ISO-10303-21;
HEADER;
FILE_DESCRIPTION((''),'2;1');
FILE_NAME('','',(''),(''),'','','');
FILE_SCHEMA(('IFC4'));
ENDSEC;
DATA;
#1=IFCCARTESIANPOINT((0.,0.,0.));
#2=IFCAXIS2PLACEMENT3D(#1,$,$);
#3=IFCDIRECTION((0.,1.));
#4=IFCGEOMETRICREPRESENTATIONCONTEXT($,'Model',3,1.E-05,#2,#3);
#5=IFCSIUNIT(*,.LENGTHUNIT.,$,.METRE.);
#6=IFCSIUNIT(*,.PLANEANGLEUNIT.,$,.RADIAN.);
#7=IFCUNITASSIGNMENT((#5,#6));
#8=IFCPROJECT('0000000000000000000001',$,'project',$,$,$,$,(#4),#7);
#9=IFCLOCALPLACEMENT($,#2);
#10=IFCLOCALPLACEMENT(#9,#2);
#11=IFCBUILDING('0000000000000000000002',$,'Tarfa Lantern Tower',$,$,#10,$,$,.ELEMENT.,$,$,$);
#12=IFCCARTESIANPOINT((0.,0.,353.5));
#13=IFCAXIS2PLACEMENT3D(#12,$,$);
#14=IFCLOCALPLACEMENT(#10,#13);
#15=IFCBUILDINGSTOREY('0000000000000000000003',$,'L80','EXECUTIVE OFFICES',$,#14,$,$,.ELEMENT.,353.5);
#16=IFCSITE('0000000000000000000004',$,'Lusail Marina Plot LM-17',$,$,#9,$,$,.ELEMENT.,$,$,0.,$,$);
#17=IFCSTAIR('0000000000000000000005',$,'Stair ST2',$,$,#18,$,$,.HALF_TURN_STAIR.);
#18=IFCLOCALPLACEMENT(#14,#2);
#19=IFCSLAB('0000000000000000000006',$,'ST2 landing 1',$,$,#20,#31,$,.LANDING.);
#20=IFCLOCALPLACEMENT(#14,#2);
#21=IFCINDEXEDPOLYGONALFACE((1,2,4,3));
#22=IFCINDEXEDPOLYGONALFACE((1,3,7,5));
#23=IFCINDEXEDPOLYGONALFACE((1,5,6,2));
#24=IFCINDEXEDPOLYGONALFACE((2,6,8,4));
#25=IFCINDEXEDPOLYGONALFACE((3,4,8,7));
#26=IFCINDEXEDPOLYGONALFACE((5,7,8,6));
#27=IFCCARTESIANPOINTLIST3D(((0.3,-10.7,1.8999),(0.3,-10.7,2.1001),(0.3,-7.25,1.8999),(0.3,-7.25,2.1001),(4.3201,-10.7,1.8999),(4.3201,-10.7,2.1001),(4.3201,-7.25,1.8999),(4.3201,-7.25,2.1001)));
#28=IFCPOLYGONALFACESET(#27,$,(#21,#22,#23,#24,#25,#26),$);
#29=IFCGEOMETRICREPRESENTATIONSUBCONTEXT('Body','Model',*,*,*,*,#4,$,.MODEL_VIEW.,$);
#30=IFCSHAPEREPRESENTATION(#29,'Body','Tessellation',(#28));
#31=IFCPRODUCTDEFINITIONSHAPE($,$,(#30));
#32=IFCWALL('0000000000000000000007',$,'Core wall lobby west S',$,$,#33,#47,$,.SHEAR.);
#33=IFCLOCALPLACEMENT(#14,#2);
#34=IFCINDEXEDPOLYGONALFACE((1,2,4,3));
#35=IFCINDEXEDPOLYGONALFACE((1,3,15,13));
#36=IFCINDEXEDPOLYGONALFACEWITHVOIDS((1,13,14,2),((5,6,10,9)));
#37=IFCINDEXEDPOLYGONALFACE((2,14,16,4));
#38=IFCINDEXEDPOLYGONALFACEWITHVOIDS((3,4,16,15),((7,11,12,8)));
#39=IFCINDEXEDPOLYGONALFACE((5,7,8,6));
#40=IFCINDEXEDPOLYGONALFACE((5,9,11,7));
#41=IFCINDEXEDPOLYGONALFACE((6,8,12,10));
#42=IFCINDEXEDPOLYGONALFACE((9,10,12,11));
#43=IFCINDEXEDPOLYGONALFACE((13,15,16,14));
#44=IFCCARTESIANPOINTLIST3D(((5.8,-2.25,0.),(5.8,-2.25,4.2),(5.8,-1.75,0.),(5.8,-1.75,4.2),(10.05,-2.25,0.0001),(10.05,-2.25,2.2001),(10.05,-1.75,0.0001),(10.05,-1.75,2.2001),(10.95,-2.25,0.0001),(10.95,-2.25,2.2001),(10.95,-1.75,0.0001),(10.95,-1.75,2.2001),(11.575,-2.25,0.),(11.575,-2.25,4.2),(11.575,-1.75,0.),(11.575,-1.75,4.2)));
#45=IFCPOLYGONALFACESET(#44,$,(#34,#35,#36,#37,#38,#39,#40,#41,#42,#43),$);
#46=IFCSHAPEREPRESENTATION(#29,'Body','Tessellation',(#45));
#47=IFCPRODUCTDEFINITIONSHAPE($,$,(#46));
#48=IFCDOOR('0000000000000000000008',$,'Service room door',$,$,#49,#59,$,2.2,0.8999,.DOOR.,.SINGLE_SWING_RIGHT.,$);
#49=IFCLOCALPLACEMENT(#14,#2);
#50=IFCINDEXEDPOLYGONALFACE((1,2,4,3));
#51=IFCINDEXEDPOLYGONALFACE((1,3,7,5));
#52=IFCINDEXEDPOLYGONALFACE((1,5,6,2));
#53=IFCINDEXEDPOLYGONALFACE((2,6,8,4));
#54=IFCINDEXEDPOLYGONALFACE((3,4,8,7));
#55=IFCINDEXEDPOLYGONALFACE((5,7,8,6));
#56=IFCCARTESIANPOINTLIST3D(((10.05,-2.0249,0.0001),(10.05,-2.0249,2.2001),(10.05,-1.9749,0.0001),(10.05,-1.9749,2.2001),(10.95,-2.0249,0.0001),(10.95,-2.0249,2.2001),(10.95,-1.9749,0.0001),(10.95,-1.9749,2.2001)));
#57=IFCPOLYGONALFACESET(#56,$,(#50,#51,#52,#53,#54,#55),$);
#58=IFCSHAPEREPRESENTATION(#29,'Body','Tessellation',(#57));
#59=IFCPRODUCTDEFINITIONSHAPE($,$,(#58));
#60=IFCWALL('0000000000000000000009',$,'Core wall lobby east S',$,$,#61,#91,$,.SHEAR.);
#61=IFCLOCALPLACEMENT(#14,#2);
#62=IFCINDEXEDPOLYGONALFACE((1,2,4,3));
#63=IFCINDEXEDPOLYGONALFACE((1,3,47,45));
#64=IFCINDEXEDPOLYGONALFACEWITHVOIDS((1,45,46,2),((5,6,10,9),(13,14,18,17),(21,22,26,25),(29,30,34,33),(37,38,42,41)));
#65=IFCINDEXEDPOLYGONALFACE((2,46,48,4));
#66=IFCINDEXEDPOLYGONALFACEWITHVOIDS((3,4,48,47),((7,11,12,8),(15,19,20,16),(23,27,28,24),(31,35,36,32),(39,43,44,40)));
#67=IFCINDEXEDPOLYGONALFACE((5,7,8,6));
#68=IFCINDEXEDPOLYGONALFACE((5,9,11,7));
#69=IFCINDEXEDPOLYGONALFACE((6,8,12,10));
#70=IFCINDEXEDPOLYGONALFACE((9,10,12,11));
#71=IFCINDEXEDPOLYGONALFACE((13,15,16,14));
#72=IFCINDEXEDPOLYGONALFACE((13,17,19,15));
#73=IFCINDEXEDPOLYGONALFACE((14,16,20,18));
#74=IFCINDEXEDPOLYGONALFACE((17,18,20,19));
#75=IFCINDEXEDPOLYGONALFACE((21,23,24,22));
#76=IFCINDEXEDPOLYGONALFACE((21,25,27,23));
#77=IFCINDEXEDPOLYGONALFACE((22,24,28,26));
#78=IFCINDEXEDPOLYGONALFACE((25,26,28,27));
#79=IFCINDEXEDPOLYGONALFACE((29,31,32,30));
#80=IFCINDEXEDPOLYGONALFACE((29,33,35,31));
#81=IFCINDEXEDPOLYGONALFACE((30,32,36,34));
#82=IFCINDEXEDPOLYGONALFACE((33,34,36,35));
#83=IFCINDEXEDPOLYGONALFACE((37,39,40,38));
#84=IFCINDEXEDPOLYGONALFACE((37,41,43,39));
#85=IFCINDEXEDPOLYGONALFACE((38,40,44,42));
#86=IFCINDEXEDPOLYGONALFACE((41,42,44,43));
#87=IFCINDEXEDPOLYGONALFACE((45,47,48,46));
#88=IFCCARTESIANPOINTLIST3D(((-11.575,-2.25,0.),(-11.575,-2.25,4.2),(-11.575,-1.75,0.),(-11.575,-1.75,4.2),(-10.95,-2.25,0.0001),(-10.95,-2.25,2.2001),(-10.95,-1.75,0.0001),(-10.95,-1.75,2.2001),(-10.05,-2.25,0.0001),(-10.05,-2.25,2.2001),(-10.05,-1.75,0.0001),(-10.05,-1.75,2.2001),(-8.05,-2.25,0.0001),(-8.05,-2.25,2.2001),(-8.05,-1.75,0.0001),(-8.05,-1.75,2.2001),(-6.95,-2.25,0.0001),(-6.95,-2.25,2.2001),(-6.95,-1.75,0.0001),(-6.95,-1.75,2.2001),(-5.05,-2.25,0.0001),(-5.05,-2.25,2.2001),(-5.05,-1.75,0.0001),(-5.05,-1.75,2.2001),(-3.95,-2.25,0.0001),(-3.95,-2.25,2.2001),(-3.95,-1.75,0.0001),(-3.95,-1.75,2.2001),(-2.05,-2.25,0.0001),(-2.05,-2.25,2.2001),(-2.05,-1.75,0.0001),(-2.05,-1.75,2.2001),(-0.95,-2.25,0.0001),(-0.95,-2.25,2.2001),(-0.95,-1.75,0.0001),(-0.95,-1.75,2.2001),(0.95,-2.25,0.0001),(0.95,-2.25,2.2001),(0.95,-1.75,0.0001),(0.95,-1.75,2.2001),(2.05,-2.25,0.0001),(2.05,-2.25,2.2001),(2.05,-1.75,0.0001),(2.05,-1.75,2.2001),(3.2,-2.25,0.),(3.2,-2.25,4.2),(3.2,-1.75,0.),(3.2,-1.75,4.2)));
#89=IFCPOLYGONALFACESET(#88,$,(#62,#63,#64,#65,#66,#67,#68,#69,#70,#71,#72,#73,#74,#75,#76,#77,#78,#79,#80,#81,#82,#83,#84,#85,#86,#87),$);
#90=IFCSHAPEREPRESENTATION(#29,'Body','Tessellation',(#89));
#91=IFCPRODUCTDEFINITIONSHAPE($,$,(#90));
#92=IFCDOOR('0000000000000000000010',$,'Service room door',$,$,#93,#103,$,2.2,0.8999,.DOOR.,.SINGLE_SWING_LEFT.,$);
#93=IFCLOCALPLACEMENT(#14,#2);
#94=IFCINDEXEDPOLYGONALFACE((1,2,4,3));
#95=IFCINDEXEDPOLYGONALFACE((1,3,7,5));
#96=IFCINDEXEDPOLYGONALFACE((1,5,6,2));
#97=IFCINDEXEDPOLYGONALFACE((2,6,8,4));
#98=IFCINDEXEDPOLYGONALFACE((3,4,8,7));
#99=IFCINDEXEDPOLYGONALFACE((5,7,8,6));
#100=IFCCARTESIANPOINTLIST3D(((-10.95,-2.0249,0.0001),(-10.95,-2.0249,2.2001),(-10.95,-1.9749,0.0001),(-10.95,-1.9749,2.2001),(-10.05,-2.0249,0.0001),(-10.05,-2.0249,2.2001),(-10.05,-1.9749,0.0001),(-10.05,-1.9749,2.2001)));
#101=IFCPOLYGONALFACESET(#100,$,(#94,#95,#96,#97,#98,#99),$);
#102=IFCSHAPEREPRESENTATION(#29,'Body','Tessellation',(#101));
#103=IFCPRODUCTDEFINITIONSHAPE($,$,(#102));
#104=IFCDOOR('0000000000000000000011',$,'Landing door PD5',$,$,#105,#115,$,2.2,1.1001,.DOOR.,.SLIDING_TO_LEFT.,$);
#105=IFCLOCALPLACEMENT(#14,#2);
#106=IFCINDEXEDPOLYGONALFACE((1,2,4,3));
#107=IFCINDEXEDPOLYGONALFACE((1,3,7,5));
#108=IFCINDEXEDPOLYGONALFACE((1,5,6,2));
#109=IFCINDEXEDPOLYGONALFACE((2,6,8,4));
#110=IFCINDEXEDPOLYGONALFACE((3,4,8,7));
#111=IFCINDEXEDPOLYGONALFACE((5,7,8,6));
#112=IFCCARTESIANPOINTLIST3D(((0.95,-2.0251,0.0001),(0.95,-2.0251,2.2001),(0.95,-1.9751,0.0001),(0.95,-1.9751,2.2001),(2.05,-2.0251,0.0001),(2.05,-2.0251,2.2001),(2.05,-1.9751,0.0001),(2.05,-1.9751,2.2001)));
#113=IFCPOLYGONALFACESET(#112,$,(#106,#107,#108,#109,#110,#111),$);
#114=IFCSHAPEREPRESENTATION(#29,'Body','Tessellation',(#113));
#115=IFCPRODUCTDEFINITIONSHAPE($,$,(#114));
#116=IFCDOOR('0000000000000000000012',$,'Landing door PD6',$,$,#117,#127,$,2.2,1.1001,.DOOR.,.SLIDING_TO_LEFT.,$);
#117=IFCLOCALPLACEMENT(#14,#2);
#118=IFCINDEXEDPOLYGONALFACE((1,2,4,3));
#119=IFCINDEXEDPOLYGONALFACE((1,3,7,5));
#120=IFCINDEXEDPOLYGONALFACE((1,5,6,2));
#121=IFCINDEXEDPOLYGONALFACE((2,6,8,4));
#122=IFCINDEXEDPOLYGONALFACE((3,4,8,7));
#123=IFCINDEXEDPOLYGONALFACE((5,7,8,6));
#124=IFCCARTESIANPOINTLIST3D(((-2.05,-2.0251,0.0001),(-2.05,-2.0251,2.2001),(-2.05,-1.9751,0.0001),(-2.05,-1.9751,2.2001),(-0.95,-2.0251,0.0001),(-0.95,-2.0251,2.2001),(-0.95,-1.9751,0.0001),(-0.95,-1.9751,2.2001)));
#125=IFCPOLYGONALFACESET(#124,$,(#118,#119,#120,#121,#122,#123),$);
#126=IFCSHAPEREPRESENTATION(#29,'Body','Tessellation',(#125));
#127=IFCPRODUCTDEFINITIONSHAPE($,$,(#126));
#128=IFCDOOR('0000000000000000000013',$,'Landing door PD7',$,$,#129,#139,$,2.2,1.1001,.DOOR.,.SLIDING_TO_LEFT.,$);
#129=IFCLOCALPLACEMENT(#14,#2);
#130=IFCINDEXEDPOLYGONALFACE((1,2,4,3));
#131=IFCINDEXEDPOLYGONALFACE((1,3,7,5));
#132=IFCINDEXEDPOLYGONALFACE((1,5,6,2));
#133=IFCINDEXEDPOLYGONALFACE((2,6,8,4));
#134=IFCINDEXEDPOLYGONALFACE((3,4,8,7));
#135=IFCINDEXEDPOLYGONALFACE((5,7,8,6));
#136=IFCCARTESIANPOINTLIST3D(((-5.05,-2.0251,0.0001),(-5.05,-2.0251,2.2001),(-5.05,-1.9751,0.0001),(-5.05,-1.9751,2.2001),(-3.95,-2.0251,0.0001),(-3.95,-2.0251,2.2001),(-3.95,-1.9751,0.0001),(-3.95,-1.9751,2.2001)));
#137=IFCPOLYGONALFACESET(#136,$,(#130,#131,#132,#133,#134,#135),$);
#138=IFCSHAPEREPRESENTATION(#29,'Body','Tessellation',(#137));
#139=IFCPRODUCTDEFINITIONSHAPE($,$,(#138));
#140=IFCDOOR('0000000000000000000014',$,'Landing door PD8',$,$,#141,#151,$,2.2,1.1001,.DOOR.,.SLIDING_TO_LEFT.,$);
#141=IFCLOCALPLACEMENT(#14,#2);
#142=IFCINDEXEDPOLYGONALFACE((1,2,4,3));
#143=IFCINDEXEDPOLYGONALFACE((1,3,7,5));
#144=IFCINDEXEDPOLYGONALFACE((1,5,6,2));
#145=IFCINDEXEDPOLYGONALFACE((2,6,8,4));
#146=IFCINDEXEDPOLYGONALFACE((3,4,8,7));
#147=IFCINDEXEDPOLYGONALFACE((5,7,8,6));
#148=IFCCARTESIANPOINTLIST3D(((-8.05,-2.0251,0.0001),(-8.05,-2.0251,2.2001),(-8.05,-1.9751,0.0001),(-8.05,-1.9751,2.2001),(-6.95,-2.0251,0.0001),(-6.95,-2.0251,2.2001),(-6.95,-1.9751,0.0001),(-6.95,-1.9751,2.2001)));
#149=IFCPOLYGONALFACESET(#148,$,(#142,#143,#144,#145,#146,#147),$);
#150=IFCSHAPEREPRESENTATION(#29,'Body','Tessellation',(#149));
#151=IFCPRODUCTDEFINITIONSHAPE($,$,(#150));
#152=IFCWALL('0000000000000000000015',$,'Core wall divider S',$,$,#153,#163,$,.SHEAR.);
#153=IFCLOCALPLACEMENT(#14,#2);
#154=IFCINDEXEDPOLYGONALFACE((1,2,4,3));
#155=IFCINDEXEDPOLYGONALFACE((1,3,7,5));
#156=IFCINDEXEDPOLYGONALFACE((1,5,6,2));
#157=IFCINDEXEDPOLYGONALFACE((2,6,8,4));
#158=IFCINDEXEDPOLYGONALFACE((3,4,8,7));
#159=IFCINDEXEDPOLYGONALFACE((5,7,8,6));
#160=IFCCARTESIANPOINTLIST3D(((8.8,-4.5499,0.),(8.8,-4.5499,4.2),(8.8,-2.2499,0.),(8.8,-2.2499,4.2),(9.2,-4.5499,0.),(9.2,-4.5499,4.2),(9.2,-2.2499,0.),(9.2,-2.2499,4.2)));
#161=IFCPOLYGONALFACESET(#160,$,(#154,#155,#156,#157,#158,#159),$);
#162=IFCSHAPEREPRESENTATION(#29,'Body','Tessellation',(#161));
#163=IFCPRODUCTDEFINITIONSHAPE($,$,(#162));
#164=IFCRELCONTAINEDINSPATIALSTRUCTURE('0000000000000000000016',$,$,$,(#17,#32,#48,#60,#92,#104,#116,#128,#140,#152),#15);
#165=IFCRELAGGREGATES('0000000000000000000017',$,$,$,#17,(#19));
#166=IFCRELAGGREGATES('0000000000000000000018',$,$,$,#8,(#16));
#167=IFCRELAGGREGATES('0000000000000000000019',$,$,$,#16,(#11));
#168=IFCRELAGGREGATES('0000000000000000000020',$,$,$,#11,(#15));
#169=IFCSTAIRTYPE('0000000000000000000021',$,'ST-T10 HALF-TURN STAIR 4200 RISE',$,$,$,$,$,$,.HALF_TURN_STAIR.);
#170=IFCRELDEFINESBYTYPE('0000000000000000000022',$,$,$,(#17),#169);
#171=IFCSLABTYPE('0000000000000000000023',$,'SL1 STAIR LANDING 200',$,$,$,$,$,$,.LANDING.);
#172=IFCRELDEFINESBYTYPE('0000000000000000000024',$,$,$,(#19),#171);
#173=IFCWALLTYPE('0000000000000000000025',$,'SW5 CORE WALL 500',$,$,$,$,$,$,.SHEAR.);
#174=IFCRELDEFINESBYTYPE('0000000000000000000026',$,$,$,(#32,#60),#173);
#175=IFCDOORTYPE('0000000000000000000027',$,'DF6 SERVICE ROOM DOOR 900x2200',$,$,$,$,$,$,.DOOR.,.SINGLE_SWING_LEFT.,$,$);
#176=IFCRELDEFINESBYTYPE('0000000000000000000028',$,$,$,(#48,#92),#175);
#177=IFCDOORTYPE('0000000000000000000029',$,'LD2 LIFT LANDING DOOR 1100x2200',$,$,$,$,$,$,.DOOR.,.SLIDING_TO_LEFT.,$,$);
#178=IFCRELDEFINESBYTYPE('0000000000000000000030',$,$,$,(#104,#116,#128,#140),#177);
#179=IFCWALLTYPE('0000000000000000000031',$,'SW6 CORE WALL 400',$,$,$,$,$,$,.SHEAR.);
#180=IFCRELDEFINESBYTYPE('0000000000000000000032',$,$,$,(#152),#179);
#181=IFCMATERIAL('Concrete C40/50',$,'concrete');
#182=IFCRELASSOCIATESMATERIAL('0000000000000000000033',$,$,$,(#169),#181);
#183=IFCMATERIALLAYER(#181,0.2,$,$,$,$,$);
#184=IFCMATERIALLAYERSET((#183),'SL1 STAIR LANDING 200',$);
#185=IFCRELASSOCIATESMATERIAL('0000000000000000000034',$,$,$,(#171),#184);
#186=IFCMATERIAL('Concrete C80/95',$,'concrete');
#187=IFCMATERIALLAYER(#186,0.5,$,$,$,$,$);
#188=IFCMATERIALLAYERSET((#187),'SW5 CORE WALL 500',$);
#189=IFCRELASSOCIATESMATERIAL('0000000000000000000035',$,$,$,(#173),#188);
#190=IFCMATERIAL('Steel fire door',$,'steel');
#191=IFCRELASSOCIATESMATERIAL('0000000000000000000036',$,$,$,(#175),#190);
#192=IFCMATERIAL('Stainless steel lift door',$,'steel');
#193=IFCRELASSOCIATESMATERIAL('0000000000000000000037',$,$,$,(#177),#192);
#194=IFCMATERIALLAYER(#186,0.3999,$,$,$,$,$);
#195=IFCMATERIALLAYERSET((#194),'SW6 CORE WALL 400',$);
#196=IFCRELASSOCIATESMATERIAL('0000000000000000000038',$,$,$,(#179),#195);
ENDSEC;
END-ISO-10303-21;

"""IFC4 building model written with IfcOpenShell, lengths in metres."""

from ifc_helpers import new_model, si_unit, direction, frame, frame_2d, origin, place, context, subcontext, project, spatial, polyline, rectangle, outline, extrude, material, layer, layer_set, type_object, element, fill, aggregate, save


model = new_model("IFC4")

# Units and contexts
model_context = context("Model", 3, precision=1e-05, world=origin(), true_north=direction((0.0, 1.0)))
body_context = subcontext(model_context, "Body", "Model", "MODEL_VIEW")
ifc_project = project(units=[si_unit("LENGTHUNIT", "METRE"), si_unit("PLANEANGLEUNIT", "RADIAN")], contexts=[model_context])

# Site, building, storey
site_placement = place(None, origin())
site = spatial("IfcSite", under=ifc_project, at=site_placement, Name="Lusail Marina Plot LM-17", CompositionType="ELEMENT", RefElevation=0.0)
building_placement = place(site_placement, origin())
building = spatial("IfcBuilding", under=site, at=building_placement, Name="Tarfa Lantern Tower", CompositionType="ELEMENT")
storey_placement = place(building_placement, frame((0.0, 0.0, 353.5)))
storey = spatial("IfcBuildingStorey", under=building, at=storey_placement, Name="L80", Description="EXECUTIVE OFFICES", CompositionType="ELEMENT", Elevation=353.5)

# Stair, slab
ifc_material_1 = material(Name="Concrete C40/50", Category="concrete")
stair_type = type_object("IfcStairType", Name="ST-T10 HALF-TURN STAIR 4200 RISE", PredefinedType="HALF_TURN_STAIR", material=ifc_material_1)
stair_placement = place(storey_placement, origin())
stair = element("IfcStair", 1, at=stair_placement, inside=storey, type_object=stair_type, Name="Stair ST2", PredefinedType="HALF_TURN_STAIR")
ifc_layer_1 = layer(ifc_material_1, 0.2)
ifc_layer_set_1 = layer_set([ifc_layer_1], Name="SL1 STAIR LANDING 200")
slab_type = type_object("IfcSlabType", Name="SL1 STAIR LANDING 200", PredefinedType="LANDING", material=ifc_layer_set_1)
slab_placement = place(storey_placement, frame((0.0, 0.0, 1.8999)))
slab = element("IfcSlab", 2, at=slab_placement, type_object=slab_type, Name="ST2 landing 1", PredefinedType="LANDING", context=body_context, shape_type="SweptSolid", body=[
    extrude(outline(polyline([(4.3201, -7.25), (0.3, -7.25), (0.3, -10.7), (4.3201, -10.7), (4.3201, -7.25)])), origin(), (0.0, 0.0, 1.0), 0.2002),
])
aggregate(stair, [slab])

# Wall, opening, door
ifc_material_2 = material(Name="Concrete C80/95", Category="concrete")
ifc_layer_2 = layer(ifc_material_2, 0.5)
ifc_layer_set_2 = layer_set([ifc_layer_2], Name="SW5 CORE WALL 500")
wall_type_1 = type_object("IfcWallType", Name="SW5 CORE WALL 500", PredefinedType="SHEAR", material=ifc_layer_set_2)
wall_1_placement = place(storey_placement, frame((11.575, -2.0, 0.0), z_axis=(0.0, 0.0, 1.0), x_axis=(-1.0, 0.0, 0.0)))
wall_1 = element("IfcWall", 3, at=wall_1_placement, inside=storey, type_object=wall_type_1, Name="Core wall lobby west S", PredefinedType="SHEAR", context=body_context, shape_type="SweptSolid", body=[
    extrude(rectangle(XDim=5.7749, YDim=0.5, at=frame_2d((2.8875, 0.0))), origin(), (0.0, 0.0, 1.0), 4.2),
])
opening_1_placement = place(wall_1_placement, frame((0.625, 0.0, 0.0)))
opening_1 = element("IfcOpeningElement", 4, at=opening_1_placement, cuts=wall_1, PredefinedType="OPENING", context=body_context, shape_type="SweptSolid", body=[
    extrude(rectangle(XDim=0.8999, YDim=2.2, at=frame_2d((0.45, 1.1001))), frame((0.0, 0.26, 0.0), z_axis=(0.0, -1.0, 0.0), x_axis=(1.0, 0.0, 0.0)), (0.0, 0.0, 1.0), 0.52),
])
ifc_material_3 = material(Name="Steel fire door", Category="steel")
door_type_1 = type_object("IfcDoorType", Name="DF6 SERVICE ROOM DOOR 900x2200", OperationType="SINGLE_SWING_LEFT", PredefinedType="DOOR", material=ifc_material_3)
door_1_placement = place(opening_1_placement, origin())
door_1 = element("IfcDoor", 5, at=door_1_placement, inside=storey, type_object=door_type_1, Name="Service room door", OperationType="SINGLE_SWING_RIGHT", OverallHeight=2.2, OverallWidth=0.8999, PredefinedType="DOOR", context=body_context, shape_type="SweptSolid", body=[
    extrude(rectangle(XDim=0.8999, YDim=2.2, at=frame_2d((0.45, 1.1001))), frame((0.0, 0.0249, 0.0), z_axis=(0.0, -1.0, 0.0), x_axis=(1.0, 0.0, 0.0)), (0.0, 0.0, 1.0), 0.05),
])
fill(opening_1, door_1)

# Wall, openings, doors
wall_2_placement = place(storey_placement, frame((3.2, -2.0, 0.0), z_axis=(0.0, 0.0, 1.0), x_axis=(-1.0, 0.0, 0.0)))
wall_2 = element("IfcWall", 6, at=wall_2_placement, inside=storey, type_object=wall_type_1, Name="Core wall lobby east S", PredefinedType="SHEAR", context=body_context, shape_type="SweptSolid", body=[
    extrude(rectangle(XDim=14.7749, YDim=0.5, at=frame_2d((7.3875, 0.0))), origin(), (0.0, 0.0, 1.0), 4.2),
])
opening_2_placement = place(wall_2_placement, frame((13.25, 0.0, 0.0)))
opening_2 = element("IfcOpeningElement", 7, at=opening_2_placement, cuts=wall_2, PredefinedType="OPENING", context=body_context, shape_type="SweptSolid", body=[
    extrude(rectangle(XDim=0.8999, YDim=2.2, at=frame_2d((0.45, 1.1001))), frame((0.0, 0.26, 0.0), z_axis=(0.0, -1.0, 0.0), x_axis=(1.0, 0.0, 0.0)), (0.0, 0.0, 1.0), 0.52),
])
opening_3_placement = place(wall_2_placement, frame((1.1499, 0.0, 0.0)))
opening_3 = element("IfcOpeningElement", 8, at=opening_3_placement, cuts=wall_2, PredefinedType="OPENING", context=body_context, shape_type="SweptSolid", body=[
    extrude(rectangle(XDim=1.1001, YDim=2.2, at=frame_2d((0.55, 1.1001))), frame((0.0, 0.26, 0.0), z_axis=(0.0, -1.0, 0.0), x_axis=(1.0, 0.0, 0.0)), (0.0, 0.0, 1.0), 0.52),
])
opening_4_placement = place(wall_2_placement, frame((4.1499, 0.0, 0.0)))
opening_4 = element("IfcOpeningElement", 9, at=opening_4_placement, cuts=wall_2, PredefinedType="OPENING", context=body_context, shape_type="SweptSolid", body=[
    extrude(rectangle(XDim=1.1001, YDim=2.2, at=frame_2d((0.55, 1.1001))), frame((0.0, 0.26, 0.0), z_axis=(0.0, -1.0, 0.0), x_axis=(1.0, 0.0, 0.0)), (0.0, 0.0, 1.0), 0.52),
])
opening_5_placement = place(wall_2_placement, frame((7.1499, 0.0, 0.0)))
opening_5 = element("IfcOpeningElement", 10, at=opening_5_placement, cuts=wall_2, PredefinedType="OPENING", context=body_context, shape_type="SweptSolid", body=[
    extrude(rectangle(XDim=1.1001, YDim=2.2, at=frame_2d((0.55, 1.1001))), frame((0.0, 0.26, 0.0), z_axis=(0.0, -1.0, 0.0), x_axis=(1.0, 0.0, 0.0)), (0.0, 0.0, 1.0), 0.52),
])
opening_6_placement = place(wall_2_placement, frame((10.1499, 0.0, 0.0)))
opening_6 = element("IfcOpeningElement", 11, at=opening_6_placement, cuts=wall_2, PredefinedType="OPENING", context=body_context, shape_type="SweptSolid", body=[
    extrude(rectangle(XDim=1.1001, YDim=2.2, at=frame_2d((0.55, 1.1001))), frame((0.0, 0.26, 0.0), z_axis=(0.0, -1.0, 0.0), x_axis=(1.0, 0.0, 0.0)), (0.0, 0.0, 1.0), 0.52),
])
door_2_placement = place(opening_2_placement, origin())
door_2 = element("IfcDoor", 12, at=door_2_placement, inside=storey, type_object=door_type_1, Name="Service room door", OperationType="SINGLE_SWING_LEFT", OverallHeight=2.2, OverallWidth=0.8999, PredefinedType="DOOR", context=body_context, shape_type="SweptSolid", body=[
    extrude(rectangle(XDim=0.8999, YDim=2.2, at=frame_2d((0.45, 1.1001))), frame((0.0, 0.0249, 0.0), z_axis=(0.0, -1.0, 0.0), x_axis=(1.0, 0.0, 0.0)), (0.0, 0.0, 1.0), 0.05),
])
fill(opening_2, door_2)
ifc_material_4 = material(Name="Stainless steel lift door", Category="steel")
door_type_2 = type_object("IfcDoorType", Name="LD2 LIFT LANDING DOOR 1100x2200", OperationType="SLIDING_TO_LEFT", PredefinedType="DOOR", material=ifc_material_4)
door_3_placement = place(opening_3_placement, frame((1.1001, 0.0, 0.0), z_axis=(0.0, 0.0, 1.0), x_axis=(-1.0, 0.0, 0.0)))
door_3 = element("IfcDoor", 13, at=door_3_placement, inside=storey, type_object=door_type_2, Name="Landing door PD5", OperationType="SLIDING_TO_LEFT", OverallHeight=2.2, OverallWidth=1.1001, PredefinedType="DOOR", context=body_context, shape_type="SweptSolid", body=[
    extrude(rectangle(XDim=1.1001, YDim=2.2, at=frame_2d((0.55, 1.1001))), frame((0.0, 0.0249, 0.0), z_axis=(0.0, -1.0, 0.0), x_axis=(1.0, 0.0, 0.0)), (0.0, 0.0, 1.0), 0.05),
])
fill(opening_3, door_3)
door_4_placement = place(opening_4_placement, frame((1.1001, 0.0, 0.0), z_axis=(0.0, 0.0, 1.0), x_axis=(-1.0, 0.0, 0.0)))
door_4 = element("IfcDoor", 14, at=door_4_placement, inside=storey, type_object=door_type_2, Name="Landing door PD6", OperationType="SLIDING_TO_LEFT", OverallHeight=2.2, OverallWidth=1.1001, PredefinedType="DOOR", context=body_context, shape_type="SweptSolid", body=[
    extrude(rectangle(XDim=1.1001, YDim=2.2, at=frame_2d((0.55, 1.1001))), frame((0.0, 0.0249, 0.0), z_axis=(0.0, -1.0, 0.0), x_axis=(1.0, 0.0, 0.0)), (0.0, 0.0, 1.0), 0.05),
])
fill(opening_4, door_4)
door_5_placement = place(opening_5_placement, frame((1.1001, 0.0, 0.0), z_axis=(0.0, 0.0, 1.0), x_axis=(-1.0, 0.0, 0.0)))
door_5 = element("IfcDoor", 15, at=door_5_placement, inside=storey, type_object=door_type_2, Name="Landing door PD7", OperationType="SLIDING_TO_LEFT", OverallHeight=2.2, OverallWidth=1.1001, PredefinedType="DOOR", context=body_context, shape_type="SweptSolid", body=[
    extrude(rectangle(XDim=1.1001, YDim=2.2, at=frame_2d((0.55, 1.1001))), frame((0.0, 0.0249, 0.0), z_axis=(0.0, -1.0, 0.0), x_axis=(1.0, 0.0, 0.0)), (0.0, 0.0, 1.0), 0.05),
])
fill(opening_5, door_5)
door_6_placement = place(opening_6_placement, frame((1.1001, 0.0, 0.0), z_axis=(0.0, 0.0, 1.0), x_axis=(-1.0, 0.0, 0.0)))
door_6 = element("IfcDoor", 16, at=door_6_placement, inside=storey, type_object=door_type_2, Name="Landing door PD8", OperationType="SLIDING_TO_LEFT", OverallHeight=2.2, OverallWidth=1.1001, PredefinedType="DOOR", context=body_context, shape_type="SweptSolid", body=[
    extrude(rectangle(XDim=1.1001, YDim=2.2, at=frame_2d((0.55, 1.1001))), frame((0.0, 0.0249, 0.0), z_axis=(0.0, -1.0, 0.0), x_axis=(1.0, 0.0, 0.0)), (0.0, 0.0, 1.0), 0.05),
])
fill(opening_6, door_6)

# Wall
ifc_layer_3 = layer(ifc_material_2, 0.3999)
ifc_layer_set_3 = layer_set([ifc_layer_3], Name="SW6 CORE WALL 400")
wall_type_2 = type_object("IfcWallType", Name="SW6 CORE WALL 400", PredefinedType="SHEAR", material=ifc_layer_set_3)
for number, where, z_axis, x_axis, name in (
    (17, (9.0, -2.25, 0.0), (0.0, 0.0, 1.0), (0.0, -1.0, 0.0), "Core wall divider S"),
):
    element("IfcWall", number, at=place(storey_placement, frame(where, z_axis=z_axis, x_axis=x_axis)), inside=storey, type_object=wall_type_2, Name=name, PredefinedType="SHEAR", context=body_context, shape_type="SweptSolid", body=[
        extrude(rectangle(XDim=2.3, YDim=0.3999, at=frame_2d((1.1499, 0.0))), origin(), (0.0, 0.0, 1.0), 4.2),
    ])

save(model, "model.ifc")
